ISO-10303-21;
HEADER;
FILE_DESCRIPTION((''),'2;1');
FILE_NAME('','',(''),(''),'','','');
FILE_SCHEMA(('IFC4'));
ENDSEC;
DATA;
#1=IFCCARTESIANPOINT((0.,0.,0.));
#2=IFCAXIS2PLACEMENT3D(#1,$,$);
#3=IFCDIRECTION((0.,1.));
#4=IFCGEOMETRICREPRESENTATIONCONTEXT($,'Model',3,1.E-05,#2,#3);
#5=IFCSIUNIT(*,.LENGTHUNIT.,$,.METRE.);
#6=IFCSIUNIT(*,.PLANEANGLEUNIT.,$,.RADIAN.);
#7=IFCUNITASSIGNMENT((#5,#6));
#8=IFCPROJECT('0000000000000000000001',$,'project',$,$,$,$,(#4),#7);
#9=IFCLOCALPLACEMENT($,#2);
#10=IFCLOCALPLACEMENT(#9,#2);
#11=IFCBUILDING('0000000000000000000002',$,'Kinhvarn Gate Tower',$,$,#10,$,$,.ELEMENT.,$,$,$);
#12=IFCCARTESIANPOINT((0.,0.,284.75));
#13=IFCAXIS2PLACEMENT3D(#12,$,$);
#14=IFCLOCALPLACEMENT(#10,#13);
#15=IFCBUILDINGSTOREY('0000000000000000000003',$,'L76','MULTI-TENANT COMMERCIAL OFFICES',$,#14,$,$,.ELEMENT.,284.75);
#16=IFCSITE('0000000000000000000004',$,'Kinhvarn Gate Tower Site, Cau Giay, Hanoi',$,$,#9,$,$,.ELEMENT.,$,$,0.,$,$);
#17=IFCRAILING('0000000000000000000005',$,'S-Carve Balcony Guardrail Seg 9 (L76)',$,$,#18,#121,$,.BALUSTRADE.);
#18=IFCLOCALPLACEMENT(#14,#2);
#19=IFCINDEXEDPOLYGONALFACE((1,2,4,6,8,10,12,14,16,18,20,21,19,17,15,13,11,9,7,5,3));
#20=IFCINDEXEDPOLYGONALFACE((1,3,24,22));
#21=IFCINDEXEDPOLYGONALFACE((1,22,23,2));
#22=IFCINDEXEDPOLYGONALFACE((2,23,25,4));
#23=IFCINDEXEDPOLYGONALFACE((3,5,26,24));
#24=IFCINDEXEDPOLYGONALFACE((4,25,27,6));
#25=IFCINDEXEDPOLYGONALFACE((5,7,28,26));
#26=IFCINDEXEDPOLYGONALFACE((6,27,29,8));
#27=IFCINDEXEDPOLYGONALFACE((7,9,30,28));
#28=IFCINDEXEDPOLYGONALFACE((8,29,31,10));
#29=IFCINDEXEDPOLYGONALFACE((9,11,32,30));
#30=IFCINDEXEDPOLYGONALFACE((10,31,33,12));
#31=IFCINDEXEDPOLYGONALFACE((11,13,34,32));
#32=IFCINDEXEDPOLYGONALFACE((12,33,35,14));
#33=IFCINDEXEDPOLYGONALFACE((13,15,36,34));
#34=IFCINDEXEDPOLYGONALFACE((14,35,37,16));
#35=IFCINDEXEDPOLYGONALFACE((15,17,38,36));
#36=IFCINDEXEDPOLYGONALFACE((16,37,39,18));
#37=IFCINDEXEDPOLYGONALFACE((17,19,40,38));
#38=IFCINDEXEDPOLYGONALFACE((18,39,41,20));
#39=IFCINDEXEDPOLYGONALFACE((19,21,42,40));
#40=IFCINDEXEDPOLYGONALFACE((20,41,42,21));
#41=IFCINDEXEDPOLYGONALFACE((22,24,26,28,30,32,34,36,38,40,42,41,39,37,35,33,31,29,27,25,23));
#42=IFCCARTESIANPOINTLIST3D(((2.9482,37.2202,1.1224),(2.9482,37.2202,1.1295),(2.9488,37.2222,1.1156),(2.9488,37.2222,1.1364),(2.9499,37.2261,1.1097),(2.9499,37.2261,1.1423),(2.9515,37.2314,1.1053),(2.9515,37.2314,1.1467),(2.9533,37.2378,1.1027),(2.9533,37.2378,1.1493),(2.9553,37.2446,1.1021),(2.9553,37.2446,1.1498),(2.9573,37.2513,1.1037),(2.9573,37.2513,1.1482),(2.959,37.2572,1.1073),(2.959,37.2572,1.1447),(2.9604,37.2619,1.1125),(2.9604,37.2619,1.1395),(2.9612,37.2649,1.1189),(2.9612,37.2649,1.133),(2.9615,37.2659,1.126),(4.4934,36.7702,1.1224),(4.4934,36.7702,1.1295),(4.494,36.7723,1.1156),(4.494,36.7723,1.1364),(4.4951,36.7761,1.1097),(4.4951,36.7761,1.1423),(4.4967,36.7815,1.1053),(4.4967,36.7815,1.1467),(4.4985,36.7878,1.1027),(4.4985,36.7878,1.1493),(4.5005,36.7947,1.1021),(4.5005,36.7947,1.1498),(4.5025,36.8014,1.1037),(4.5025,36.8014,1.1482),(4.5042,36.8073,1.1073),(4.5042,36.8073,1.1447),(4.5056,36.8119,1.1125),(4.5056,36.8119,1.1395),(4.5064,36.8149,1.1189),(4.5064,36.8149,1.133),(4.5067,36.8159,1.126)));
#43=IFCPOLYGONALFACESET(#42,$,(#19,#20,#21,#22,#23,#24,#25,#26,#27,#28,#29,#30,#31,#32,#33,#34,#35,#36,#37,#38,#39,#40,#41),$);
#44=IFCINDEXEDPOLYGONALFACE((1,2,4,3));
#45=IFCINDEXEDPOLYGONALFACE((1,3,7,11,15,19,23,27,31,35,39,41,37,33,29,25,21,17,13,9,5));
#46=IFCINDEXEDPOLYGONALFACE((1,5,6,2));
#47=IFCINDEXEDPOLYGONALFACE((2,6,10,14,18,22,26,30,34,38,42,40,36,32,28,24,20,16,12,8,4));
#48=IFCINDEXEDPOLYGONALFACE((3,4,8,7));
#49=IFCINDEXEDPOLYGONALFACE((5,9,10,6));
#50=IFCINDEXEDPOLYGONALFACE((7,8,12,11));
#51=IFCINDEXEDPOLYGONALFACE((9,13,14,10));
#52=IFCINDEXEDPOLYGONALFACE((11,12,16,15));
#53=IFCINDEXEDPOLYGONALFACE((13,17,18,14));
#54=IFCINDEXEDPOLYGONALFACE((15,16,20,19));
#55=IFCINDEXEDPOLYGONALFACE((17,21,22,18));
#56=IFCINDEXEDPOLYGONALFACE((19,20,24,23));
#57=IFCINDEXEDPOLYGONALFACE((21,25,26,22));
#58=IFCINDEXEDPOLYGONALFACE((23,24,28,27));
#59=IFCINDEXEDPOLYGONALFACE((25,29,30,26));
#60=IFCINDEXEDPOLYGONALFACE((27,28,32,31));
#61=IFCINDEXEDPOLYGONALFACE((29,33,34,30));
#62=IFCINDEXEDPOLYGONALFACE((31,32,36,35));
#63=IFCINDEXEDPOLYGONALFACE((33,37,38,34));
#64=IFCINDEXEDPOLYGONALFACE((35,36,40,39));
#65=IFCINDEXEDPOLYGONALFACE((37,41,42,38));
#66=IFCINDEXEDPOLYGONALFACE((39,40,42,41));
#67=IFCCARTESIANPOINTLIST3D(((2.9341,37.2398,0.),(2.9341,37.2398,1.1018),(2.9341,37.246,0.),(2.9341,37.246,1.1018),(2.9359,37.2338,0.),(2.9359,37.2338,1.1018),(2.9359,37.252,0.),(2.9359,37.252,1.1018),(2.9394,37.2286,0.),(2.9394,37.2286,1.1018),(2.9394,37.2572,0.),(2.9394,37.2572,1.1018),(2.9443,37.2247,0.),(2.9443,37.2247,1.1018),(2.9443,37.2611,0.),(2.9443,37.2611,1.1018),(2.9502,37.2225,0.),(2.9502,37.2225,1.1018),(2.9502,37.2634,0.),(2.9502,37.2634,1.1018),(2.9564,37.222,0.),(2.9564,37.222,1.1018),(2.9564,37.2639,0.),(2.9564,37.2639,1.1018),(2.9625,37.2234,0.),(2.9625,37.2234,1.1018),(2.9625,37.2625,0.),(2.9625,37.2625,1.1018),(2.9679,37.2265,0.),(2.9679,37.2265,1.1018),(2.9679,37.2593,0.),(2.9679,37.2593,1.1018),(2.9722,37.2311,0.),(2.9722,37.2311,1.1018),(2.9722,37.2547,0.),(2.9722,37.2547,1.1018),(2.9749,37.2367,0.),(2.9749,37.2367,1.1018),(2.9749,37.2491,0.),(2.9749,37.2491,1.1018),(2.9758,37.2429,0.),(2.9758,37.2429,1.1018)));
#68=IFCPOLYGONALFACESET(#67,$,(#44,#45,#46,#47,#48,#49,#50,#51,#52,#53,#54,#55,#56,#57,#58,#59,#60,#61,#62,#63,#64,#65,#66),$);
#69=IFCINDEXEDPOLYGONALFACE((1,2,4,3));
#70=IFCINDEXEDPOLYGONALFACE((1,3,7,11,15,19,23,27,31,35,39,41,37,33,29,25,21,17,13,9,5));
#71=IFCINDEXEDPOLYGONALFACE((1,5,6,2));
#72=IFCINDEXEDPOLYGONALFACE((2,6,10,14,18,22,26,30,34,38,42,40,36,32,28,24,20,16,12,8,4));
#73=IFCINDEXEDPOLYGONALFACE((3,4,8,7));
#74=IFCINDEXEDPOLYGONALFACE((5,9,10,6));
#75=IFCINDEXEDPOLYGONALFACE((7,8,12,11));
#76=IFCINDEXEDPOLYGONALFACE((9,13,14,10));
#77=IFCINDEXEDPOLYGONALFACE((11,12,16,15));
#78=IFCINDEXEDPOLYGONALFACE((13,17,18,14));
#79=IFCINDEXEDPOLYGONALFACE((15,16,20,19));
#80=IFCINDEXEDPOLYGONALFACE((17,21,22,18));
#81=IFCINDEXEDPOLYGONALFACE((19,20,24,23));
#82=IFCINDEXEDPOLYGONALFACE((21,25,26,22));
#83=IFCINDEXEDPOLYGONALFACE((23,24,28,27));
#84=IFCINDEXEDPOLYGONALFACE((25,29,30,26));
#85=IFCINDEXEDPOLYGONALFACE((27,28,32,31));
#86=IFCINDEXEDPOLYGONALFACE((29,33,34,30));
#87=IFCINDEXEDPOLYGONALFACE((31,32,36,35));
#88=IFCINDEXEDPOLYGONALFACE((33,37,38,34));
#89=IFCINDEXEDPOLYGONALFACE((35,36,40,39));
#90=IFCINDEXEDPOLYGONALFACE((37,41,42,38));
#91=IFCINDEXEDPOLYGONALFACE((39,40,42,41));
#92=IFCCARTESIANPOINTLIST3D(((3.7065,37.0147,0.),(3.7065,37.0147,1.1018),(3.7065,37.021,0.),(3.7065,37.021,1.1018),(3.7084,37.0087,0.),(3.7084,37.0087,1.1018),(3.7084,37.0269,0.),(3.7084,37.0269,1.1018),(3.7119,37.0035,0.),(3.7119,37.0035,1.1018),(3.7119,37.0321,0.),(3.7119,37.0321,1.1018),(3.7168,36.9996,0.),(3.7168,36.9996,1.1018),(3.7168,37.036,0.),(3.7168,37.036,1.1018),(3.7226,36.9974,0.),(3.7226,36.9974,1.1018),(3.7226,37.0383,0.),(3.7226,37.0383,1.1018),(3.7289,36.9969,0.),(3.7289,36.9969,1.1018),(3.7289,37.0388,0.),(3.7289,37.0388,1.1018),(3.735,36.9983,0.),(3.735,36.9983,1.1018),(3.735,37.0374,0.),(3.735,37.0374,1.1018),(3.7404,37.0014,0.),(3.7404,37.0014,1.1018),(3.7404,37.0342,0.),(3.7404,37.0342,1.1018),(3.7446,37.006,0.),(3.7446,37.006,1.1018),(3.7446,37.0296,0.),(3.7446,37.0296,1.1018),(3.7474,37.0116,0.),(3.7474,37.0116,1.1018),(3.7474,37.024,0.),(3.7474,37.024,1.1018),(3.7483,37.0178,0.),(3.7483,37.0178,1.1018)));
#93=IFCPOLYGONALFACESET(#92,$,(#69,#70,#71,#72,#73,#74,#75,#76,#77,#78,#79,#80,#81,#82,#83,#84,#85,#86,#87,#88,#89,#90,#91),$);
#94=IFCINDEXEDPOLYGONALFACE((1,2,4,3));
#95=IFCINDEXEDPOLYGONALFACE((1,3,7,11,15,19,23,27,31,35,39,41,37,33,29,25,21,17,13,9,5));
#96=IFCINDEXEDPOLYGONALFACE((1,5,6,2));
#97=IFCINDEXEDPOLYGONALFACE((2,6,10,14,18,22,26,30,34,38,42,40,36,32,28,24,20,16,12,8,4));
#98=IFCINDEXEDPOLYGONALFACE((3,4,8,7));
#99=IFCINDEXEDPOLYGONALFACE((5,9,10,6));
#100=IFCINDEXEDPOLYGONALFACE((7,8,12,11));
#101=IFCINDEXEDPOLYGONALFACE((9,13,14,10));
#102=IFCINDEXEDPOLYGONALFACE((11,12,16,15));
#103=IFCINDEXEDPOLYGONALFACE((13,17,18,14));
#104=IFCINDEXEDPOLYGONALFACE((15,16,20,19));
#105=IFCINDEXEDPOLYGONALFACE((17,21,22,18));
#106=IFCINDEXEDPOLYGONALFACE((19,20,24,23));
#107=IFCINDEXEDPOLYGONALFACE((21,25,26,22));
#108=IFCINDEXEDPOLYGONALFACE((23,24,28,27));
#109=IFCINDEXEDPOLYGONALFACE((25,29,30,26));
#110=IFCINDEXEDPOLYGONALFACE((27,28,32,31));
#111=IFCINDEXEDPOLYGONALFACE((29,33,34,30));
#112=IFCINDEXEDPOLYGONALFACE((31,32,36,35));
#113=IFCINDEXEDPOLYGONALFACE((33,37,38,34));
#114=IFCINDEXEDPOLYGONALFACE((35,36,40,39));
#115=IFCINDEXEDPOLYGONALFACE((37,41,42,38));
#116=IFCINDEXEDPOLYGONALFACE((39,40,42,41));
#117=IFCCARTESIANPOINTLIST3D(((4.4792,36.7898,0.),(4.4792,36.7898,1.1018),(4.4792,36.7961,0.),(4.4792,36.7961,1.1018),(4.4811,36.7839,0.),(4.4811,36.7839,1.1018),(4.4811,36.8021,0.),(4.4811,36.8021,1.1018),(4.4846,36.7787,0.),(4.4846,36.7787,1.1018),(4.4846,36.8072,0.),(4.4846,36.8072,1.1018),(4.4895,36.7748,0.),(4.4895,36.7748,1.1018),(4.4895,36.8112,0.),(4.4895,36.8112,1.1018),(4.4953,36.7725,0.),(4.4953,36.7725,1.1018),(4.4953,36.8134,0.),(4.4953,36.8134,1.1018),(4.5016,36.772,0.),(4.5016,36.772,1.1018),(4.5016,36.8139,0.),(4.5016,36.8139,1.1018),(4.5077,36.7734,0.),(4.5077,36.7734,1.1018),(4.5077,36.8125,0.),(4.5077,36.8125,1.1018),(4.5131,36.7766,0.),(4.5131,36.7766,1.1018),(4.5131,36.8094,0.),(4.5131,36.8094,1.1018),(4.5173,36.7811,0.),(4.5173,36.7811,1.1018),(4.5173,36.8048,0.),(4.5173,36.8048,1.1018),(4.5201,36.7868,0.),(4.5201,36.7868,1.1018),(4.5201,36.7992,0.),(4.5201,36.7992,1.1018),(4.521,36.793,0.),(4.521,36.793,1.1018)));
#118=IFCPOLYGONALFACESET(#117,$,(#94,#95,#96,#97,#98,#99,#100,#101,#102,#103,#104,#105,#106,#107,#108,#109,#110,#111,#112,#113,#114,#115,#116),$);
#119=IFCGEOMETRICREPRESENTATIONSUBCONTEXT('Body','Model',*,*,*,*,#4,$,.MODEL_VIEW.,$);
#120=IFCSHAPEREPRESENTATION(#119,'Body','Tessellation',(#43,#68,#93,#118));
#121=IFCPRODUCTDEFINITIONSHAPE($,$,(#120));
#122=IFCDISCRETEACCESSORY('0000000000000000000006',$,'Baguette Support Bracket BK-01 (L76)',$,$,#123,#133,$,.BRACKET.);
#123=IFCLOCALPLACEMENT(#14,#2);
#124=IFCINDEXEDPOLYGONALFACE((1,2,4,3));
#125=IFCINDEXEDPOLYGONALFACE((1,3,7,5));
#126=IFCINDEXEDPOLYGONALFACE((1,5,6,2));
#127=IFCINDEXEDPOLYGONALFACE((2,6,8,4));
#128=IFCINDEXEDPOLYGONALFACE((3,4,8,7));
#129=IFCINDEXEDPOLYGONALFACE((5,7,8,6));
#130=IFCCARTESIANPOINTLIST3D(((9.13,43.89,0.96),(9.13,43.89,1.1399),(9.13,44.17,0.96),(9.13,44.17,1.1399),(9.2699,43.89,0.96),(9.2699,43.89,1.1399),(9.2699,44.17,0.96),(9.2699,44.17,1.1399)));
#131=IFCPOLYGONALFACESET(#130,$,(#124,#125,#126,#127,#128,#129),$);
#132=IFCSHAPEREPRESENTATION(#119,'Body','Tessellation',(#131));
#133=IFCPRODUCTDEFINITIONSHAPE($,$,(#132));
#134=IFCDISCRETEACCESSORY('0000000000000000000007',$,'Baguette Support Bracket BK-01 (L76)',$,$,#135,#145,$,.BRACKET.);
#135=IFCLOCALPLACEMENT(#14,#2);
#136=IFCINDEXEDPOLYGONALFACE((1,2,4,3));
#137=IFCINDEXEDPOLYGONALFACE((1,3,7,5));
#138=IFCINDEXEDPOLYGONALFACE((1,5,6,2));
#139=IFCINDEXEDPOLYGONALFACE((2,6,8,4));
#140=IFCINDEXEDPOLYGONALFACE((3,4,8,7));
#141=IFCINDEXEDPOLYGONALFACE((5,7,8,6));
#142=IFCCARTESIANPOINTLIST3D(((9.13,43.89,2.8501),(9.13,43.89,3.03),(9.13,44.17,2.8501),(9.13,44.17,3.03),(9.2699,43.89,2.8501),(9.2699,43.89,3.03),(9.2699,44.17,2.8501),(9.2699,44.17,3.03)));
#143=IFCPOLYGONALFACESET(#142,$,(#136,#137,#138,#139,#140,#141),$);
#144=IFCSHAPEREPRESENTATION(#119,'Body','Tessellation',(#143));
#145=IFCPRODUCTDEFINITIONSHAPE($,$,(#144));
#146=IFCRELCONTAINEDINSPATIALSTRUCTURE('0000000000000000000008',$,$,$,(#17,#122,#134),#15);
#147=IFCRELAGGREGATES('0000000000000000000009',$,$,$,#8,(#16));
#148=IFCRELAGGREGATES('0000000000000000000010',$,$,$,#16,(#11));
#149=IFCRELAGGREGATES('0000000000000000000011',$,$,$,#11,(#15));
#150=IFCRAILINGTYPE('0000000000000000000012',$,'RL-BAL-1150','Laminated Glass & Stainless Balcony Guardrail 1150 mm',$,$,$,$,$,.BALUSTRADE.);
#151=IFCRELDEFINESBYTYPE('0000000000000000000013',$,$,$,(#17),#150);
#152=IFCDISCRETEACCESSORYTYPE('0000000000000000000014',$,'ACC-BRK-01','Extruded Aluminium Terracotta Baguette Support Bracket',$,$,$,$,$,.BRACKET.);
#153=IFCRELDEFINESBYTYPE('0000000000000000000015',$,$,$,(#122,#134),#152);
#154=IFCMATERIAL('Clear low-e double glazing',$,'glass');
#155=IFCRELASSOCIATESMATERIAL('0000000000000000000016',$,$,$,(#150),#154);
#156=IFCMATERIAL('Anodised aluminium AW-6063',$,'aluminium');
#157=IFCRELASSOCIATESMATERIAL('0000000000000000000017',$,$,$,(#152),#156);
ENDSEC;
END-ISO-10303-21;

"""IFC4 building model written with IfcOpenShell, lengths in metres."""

from ifc_helpers import new_model, si_unit, direction, frame, origin, origin_2d, place, context, subcontext, project, spatial, rectangle, circle, extrude, material, type_object, element, save


model = new_model("IFC4")

# Units and contexts
model_context = context("Model", 3, precision=1e-05, world=origin(), true_north=direction((0.0, 1.0)))
body_context = subcontext(model_context, "Body", "Model", "MODEL_VIEW")
ifc_project = project(units=[si_unit("LENGTHUNIT", "METRE"), si_unit("PLANEANGLEUNIT", "RADIAN")], contexts=[model_context])

# Site, building, storey
site_placement = place(None, origin())
site = spatial("IfcSite", under=ifc_project, at=site_placement, Name="Kinhvarn Gate Tower Site, Cau Giay, Hanoi", CompositionType="ELEMENT", RefElevation=0.0)
building_placement = place(site_placement, origin())
building = spatial("IfcBuilding", under=site, at=building_placement, Name="Kinhvarn Gate Tower", CompositionType="ELEMENT")
storey_placement = place(building_placement, frame((0.0, 0.0, 284.75)))
storey = spatial("IfcBuildingStorey", under=building, at=storey_placement, Name="L76", Description="MULTI-TENANT COMMERCIAL OFFICES", CompositionType="ELEMENT", Elevation=284.75)

# Shared definitions
ifc_material_1 = material(Name="Anodised aluminium AW-6063", Category="aluminium")

# Shared definitions
ifc_material_2 = material(Name="Clear low-e double glazing", Category="glass")

# Railing
railing_type = type_object("IfcRailingType", Name="RL-BAL-1150", Description="Laminated Glass & Stainless Balcony Guardrail 1150 mm", PredefinedType="BALUSTRADE", material=ifc_material_2)
railing_1_placement = place(storey_placement, frame((2.9548, 37.2429, 0.0)))
element("IfcRailing", 1, at=railing_1_placement, inside=storey, type_object=railing_type, Name="S-Carve Balcony Guardrail Seg 9 (L76)", PredefinedType="BALUSTRADE", context=body_context, shape_type="SweptSolid", body=[
    extrude(circle(Radius=0.0239, at=origin_2d()), frame((0.0, 0.0, 1.126), z_axis=(0.960121, -0.279586, 0.0), x_axis=(0.279586, 0.960121, 0.0)), (0.0, 0.0, 1.0), 1.6094),
    extrude(circle(Radius=0.021, at=origin_2d()), origin(), (0.0, 0.0, 1.0), 1.1018),
    extrude(circle(Radius=0.021, at=origin_2d()), frame((0.7725, -0.2251, 0.0)), (0.0, 0.0, 1.0), 1.1018),
    extrude(circle(Radius=0.021, at=origin_2d()), frame((1.5452, -0.45, 0.0)), (0.0, 0.0, 1.0), 1.1018),
])

# Discrete accessories
discrete_accessory_type = type_object("IfcDiscreteAccessoryType", Name="ACC-BRK-01", Description="Extruded Aluminium Terracotta Baguette Support Bracket", PredefinedType="BRACKET", material=ifc_material_1)
for number, where, z_axis, x_axis, name in (
    (2, (9.2, 44.03, 0.96), (0.0, 0.0, 1.0), (-1.0, 0.0, 0.0), "Baguette Support Bracket BK-01 (L76)"),
    (3, (9.2, 44.03, 2.8501), (0.0, 0.0, 1.0), (-1.0, 0.0, 0.0), "Baguette Support Bracket BK-01 (L76)"),
):
    element("IfcDiscreteAccessory", number, at=place(storey_placement, frame(where, z_axis=z_axis, x_axis=x_axis)), inside=storey, type_object=discrete_accessory_type, Name=name, PredefinedType="BRACKET", context=body_context, shape_type="SweptSolid", body=[
        extrude(rectangle(XDim=0.1399, YDim=0.28, at=origin_2d()), origin(), (0.0, 0.0, 1.0), 0.1799),
    ])

save(model, "model.ifc")
